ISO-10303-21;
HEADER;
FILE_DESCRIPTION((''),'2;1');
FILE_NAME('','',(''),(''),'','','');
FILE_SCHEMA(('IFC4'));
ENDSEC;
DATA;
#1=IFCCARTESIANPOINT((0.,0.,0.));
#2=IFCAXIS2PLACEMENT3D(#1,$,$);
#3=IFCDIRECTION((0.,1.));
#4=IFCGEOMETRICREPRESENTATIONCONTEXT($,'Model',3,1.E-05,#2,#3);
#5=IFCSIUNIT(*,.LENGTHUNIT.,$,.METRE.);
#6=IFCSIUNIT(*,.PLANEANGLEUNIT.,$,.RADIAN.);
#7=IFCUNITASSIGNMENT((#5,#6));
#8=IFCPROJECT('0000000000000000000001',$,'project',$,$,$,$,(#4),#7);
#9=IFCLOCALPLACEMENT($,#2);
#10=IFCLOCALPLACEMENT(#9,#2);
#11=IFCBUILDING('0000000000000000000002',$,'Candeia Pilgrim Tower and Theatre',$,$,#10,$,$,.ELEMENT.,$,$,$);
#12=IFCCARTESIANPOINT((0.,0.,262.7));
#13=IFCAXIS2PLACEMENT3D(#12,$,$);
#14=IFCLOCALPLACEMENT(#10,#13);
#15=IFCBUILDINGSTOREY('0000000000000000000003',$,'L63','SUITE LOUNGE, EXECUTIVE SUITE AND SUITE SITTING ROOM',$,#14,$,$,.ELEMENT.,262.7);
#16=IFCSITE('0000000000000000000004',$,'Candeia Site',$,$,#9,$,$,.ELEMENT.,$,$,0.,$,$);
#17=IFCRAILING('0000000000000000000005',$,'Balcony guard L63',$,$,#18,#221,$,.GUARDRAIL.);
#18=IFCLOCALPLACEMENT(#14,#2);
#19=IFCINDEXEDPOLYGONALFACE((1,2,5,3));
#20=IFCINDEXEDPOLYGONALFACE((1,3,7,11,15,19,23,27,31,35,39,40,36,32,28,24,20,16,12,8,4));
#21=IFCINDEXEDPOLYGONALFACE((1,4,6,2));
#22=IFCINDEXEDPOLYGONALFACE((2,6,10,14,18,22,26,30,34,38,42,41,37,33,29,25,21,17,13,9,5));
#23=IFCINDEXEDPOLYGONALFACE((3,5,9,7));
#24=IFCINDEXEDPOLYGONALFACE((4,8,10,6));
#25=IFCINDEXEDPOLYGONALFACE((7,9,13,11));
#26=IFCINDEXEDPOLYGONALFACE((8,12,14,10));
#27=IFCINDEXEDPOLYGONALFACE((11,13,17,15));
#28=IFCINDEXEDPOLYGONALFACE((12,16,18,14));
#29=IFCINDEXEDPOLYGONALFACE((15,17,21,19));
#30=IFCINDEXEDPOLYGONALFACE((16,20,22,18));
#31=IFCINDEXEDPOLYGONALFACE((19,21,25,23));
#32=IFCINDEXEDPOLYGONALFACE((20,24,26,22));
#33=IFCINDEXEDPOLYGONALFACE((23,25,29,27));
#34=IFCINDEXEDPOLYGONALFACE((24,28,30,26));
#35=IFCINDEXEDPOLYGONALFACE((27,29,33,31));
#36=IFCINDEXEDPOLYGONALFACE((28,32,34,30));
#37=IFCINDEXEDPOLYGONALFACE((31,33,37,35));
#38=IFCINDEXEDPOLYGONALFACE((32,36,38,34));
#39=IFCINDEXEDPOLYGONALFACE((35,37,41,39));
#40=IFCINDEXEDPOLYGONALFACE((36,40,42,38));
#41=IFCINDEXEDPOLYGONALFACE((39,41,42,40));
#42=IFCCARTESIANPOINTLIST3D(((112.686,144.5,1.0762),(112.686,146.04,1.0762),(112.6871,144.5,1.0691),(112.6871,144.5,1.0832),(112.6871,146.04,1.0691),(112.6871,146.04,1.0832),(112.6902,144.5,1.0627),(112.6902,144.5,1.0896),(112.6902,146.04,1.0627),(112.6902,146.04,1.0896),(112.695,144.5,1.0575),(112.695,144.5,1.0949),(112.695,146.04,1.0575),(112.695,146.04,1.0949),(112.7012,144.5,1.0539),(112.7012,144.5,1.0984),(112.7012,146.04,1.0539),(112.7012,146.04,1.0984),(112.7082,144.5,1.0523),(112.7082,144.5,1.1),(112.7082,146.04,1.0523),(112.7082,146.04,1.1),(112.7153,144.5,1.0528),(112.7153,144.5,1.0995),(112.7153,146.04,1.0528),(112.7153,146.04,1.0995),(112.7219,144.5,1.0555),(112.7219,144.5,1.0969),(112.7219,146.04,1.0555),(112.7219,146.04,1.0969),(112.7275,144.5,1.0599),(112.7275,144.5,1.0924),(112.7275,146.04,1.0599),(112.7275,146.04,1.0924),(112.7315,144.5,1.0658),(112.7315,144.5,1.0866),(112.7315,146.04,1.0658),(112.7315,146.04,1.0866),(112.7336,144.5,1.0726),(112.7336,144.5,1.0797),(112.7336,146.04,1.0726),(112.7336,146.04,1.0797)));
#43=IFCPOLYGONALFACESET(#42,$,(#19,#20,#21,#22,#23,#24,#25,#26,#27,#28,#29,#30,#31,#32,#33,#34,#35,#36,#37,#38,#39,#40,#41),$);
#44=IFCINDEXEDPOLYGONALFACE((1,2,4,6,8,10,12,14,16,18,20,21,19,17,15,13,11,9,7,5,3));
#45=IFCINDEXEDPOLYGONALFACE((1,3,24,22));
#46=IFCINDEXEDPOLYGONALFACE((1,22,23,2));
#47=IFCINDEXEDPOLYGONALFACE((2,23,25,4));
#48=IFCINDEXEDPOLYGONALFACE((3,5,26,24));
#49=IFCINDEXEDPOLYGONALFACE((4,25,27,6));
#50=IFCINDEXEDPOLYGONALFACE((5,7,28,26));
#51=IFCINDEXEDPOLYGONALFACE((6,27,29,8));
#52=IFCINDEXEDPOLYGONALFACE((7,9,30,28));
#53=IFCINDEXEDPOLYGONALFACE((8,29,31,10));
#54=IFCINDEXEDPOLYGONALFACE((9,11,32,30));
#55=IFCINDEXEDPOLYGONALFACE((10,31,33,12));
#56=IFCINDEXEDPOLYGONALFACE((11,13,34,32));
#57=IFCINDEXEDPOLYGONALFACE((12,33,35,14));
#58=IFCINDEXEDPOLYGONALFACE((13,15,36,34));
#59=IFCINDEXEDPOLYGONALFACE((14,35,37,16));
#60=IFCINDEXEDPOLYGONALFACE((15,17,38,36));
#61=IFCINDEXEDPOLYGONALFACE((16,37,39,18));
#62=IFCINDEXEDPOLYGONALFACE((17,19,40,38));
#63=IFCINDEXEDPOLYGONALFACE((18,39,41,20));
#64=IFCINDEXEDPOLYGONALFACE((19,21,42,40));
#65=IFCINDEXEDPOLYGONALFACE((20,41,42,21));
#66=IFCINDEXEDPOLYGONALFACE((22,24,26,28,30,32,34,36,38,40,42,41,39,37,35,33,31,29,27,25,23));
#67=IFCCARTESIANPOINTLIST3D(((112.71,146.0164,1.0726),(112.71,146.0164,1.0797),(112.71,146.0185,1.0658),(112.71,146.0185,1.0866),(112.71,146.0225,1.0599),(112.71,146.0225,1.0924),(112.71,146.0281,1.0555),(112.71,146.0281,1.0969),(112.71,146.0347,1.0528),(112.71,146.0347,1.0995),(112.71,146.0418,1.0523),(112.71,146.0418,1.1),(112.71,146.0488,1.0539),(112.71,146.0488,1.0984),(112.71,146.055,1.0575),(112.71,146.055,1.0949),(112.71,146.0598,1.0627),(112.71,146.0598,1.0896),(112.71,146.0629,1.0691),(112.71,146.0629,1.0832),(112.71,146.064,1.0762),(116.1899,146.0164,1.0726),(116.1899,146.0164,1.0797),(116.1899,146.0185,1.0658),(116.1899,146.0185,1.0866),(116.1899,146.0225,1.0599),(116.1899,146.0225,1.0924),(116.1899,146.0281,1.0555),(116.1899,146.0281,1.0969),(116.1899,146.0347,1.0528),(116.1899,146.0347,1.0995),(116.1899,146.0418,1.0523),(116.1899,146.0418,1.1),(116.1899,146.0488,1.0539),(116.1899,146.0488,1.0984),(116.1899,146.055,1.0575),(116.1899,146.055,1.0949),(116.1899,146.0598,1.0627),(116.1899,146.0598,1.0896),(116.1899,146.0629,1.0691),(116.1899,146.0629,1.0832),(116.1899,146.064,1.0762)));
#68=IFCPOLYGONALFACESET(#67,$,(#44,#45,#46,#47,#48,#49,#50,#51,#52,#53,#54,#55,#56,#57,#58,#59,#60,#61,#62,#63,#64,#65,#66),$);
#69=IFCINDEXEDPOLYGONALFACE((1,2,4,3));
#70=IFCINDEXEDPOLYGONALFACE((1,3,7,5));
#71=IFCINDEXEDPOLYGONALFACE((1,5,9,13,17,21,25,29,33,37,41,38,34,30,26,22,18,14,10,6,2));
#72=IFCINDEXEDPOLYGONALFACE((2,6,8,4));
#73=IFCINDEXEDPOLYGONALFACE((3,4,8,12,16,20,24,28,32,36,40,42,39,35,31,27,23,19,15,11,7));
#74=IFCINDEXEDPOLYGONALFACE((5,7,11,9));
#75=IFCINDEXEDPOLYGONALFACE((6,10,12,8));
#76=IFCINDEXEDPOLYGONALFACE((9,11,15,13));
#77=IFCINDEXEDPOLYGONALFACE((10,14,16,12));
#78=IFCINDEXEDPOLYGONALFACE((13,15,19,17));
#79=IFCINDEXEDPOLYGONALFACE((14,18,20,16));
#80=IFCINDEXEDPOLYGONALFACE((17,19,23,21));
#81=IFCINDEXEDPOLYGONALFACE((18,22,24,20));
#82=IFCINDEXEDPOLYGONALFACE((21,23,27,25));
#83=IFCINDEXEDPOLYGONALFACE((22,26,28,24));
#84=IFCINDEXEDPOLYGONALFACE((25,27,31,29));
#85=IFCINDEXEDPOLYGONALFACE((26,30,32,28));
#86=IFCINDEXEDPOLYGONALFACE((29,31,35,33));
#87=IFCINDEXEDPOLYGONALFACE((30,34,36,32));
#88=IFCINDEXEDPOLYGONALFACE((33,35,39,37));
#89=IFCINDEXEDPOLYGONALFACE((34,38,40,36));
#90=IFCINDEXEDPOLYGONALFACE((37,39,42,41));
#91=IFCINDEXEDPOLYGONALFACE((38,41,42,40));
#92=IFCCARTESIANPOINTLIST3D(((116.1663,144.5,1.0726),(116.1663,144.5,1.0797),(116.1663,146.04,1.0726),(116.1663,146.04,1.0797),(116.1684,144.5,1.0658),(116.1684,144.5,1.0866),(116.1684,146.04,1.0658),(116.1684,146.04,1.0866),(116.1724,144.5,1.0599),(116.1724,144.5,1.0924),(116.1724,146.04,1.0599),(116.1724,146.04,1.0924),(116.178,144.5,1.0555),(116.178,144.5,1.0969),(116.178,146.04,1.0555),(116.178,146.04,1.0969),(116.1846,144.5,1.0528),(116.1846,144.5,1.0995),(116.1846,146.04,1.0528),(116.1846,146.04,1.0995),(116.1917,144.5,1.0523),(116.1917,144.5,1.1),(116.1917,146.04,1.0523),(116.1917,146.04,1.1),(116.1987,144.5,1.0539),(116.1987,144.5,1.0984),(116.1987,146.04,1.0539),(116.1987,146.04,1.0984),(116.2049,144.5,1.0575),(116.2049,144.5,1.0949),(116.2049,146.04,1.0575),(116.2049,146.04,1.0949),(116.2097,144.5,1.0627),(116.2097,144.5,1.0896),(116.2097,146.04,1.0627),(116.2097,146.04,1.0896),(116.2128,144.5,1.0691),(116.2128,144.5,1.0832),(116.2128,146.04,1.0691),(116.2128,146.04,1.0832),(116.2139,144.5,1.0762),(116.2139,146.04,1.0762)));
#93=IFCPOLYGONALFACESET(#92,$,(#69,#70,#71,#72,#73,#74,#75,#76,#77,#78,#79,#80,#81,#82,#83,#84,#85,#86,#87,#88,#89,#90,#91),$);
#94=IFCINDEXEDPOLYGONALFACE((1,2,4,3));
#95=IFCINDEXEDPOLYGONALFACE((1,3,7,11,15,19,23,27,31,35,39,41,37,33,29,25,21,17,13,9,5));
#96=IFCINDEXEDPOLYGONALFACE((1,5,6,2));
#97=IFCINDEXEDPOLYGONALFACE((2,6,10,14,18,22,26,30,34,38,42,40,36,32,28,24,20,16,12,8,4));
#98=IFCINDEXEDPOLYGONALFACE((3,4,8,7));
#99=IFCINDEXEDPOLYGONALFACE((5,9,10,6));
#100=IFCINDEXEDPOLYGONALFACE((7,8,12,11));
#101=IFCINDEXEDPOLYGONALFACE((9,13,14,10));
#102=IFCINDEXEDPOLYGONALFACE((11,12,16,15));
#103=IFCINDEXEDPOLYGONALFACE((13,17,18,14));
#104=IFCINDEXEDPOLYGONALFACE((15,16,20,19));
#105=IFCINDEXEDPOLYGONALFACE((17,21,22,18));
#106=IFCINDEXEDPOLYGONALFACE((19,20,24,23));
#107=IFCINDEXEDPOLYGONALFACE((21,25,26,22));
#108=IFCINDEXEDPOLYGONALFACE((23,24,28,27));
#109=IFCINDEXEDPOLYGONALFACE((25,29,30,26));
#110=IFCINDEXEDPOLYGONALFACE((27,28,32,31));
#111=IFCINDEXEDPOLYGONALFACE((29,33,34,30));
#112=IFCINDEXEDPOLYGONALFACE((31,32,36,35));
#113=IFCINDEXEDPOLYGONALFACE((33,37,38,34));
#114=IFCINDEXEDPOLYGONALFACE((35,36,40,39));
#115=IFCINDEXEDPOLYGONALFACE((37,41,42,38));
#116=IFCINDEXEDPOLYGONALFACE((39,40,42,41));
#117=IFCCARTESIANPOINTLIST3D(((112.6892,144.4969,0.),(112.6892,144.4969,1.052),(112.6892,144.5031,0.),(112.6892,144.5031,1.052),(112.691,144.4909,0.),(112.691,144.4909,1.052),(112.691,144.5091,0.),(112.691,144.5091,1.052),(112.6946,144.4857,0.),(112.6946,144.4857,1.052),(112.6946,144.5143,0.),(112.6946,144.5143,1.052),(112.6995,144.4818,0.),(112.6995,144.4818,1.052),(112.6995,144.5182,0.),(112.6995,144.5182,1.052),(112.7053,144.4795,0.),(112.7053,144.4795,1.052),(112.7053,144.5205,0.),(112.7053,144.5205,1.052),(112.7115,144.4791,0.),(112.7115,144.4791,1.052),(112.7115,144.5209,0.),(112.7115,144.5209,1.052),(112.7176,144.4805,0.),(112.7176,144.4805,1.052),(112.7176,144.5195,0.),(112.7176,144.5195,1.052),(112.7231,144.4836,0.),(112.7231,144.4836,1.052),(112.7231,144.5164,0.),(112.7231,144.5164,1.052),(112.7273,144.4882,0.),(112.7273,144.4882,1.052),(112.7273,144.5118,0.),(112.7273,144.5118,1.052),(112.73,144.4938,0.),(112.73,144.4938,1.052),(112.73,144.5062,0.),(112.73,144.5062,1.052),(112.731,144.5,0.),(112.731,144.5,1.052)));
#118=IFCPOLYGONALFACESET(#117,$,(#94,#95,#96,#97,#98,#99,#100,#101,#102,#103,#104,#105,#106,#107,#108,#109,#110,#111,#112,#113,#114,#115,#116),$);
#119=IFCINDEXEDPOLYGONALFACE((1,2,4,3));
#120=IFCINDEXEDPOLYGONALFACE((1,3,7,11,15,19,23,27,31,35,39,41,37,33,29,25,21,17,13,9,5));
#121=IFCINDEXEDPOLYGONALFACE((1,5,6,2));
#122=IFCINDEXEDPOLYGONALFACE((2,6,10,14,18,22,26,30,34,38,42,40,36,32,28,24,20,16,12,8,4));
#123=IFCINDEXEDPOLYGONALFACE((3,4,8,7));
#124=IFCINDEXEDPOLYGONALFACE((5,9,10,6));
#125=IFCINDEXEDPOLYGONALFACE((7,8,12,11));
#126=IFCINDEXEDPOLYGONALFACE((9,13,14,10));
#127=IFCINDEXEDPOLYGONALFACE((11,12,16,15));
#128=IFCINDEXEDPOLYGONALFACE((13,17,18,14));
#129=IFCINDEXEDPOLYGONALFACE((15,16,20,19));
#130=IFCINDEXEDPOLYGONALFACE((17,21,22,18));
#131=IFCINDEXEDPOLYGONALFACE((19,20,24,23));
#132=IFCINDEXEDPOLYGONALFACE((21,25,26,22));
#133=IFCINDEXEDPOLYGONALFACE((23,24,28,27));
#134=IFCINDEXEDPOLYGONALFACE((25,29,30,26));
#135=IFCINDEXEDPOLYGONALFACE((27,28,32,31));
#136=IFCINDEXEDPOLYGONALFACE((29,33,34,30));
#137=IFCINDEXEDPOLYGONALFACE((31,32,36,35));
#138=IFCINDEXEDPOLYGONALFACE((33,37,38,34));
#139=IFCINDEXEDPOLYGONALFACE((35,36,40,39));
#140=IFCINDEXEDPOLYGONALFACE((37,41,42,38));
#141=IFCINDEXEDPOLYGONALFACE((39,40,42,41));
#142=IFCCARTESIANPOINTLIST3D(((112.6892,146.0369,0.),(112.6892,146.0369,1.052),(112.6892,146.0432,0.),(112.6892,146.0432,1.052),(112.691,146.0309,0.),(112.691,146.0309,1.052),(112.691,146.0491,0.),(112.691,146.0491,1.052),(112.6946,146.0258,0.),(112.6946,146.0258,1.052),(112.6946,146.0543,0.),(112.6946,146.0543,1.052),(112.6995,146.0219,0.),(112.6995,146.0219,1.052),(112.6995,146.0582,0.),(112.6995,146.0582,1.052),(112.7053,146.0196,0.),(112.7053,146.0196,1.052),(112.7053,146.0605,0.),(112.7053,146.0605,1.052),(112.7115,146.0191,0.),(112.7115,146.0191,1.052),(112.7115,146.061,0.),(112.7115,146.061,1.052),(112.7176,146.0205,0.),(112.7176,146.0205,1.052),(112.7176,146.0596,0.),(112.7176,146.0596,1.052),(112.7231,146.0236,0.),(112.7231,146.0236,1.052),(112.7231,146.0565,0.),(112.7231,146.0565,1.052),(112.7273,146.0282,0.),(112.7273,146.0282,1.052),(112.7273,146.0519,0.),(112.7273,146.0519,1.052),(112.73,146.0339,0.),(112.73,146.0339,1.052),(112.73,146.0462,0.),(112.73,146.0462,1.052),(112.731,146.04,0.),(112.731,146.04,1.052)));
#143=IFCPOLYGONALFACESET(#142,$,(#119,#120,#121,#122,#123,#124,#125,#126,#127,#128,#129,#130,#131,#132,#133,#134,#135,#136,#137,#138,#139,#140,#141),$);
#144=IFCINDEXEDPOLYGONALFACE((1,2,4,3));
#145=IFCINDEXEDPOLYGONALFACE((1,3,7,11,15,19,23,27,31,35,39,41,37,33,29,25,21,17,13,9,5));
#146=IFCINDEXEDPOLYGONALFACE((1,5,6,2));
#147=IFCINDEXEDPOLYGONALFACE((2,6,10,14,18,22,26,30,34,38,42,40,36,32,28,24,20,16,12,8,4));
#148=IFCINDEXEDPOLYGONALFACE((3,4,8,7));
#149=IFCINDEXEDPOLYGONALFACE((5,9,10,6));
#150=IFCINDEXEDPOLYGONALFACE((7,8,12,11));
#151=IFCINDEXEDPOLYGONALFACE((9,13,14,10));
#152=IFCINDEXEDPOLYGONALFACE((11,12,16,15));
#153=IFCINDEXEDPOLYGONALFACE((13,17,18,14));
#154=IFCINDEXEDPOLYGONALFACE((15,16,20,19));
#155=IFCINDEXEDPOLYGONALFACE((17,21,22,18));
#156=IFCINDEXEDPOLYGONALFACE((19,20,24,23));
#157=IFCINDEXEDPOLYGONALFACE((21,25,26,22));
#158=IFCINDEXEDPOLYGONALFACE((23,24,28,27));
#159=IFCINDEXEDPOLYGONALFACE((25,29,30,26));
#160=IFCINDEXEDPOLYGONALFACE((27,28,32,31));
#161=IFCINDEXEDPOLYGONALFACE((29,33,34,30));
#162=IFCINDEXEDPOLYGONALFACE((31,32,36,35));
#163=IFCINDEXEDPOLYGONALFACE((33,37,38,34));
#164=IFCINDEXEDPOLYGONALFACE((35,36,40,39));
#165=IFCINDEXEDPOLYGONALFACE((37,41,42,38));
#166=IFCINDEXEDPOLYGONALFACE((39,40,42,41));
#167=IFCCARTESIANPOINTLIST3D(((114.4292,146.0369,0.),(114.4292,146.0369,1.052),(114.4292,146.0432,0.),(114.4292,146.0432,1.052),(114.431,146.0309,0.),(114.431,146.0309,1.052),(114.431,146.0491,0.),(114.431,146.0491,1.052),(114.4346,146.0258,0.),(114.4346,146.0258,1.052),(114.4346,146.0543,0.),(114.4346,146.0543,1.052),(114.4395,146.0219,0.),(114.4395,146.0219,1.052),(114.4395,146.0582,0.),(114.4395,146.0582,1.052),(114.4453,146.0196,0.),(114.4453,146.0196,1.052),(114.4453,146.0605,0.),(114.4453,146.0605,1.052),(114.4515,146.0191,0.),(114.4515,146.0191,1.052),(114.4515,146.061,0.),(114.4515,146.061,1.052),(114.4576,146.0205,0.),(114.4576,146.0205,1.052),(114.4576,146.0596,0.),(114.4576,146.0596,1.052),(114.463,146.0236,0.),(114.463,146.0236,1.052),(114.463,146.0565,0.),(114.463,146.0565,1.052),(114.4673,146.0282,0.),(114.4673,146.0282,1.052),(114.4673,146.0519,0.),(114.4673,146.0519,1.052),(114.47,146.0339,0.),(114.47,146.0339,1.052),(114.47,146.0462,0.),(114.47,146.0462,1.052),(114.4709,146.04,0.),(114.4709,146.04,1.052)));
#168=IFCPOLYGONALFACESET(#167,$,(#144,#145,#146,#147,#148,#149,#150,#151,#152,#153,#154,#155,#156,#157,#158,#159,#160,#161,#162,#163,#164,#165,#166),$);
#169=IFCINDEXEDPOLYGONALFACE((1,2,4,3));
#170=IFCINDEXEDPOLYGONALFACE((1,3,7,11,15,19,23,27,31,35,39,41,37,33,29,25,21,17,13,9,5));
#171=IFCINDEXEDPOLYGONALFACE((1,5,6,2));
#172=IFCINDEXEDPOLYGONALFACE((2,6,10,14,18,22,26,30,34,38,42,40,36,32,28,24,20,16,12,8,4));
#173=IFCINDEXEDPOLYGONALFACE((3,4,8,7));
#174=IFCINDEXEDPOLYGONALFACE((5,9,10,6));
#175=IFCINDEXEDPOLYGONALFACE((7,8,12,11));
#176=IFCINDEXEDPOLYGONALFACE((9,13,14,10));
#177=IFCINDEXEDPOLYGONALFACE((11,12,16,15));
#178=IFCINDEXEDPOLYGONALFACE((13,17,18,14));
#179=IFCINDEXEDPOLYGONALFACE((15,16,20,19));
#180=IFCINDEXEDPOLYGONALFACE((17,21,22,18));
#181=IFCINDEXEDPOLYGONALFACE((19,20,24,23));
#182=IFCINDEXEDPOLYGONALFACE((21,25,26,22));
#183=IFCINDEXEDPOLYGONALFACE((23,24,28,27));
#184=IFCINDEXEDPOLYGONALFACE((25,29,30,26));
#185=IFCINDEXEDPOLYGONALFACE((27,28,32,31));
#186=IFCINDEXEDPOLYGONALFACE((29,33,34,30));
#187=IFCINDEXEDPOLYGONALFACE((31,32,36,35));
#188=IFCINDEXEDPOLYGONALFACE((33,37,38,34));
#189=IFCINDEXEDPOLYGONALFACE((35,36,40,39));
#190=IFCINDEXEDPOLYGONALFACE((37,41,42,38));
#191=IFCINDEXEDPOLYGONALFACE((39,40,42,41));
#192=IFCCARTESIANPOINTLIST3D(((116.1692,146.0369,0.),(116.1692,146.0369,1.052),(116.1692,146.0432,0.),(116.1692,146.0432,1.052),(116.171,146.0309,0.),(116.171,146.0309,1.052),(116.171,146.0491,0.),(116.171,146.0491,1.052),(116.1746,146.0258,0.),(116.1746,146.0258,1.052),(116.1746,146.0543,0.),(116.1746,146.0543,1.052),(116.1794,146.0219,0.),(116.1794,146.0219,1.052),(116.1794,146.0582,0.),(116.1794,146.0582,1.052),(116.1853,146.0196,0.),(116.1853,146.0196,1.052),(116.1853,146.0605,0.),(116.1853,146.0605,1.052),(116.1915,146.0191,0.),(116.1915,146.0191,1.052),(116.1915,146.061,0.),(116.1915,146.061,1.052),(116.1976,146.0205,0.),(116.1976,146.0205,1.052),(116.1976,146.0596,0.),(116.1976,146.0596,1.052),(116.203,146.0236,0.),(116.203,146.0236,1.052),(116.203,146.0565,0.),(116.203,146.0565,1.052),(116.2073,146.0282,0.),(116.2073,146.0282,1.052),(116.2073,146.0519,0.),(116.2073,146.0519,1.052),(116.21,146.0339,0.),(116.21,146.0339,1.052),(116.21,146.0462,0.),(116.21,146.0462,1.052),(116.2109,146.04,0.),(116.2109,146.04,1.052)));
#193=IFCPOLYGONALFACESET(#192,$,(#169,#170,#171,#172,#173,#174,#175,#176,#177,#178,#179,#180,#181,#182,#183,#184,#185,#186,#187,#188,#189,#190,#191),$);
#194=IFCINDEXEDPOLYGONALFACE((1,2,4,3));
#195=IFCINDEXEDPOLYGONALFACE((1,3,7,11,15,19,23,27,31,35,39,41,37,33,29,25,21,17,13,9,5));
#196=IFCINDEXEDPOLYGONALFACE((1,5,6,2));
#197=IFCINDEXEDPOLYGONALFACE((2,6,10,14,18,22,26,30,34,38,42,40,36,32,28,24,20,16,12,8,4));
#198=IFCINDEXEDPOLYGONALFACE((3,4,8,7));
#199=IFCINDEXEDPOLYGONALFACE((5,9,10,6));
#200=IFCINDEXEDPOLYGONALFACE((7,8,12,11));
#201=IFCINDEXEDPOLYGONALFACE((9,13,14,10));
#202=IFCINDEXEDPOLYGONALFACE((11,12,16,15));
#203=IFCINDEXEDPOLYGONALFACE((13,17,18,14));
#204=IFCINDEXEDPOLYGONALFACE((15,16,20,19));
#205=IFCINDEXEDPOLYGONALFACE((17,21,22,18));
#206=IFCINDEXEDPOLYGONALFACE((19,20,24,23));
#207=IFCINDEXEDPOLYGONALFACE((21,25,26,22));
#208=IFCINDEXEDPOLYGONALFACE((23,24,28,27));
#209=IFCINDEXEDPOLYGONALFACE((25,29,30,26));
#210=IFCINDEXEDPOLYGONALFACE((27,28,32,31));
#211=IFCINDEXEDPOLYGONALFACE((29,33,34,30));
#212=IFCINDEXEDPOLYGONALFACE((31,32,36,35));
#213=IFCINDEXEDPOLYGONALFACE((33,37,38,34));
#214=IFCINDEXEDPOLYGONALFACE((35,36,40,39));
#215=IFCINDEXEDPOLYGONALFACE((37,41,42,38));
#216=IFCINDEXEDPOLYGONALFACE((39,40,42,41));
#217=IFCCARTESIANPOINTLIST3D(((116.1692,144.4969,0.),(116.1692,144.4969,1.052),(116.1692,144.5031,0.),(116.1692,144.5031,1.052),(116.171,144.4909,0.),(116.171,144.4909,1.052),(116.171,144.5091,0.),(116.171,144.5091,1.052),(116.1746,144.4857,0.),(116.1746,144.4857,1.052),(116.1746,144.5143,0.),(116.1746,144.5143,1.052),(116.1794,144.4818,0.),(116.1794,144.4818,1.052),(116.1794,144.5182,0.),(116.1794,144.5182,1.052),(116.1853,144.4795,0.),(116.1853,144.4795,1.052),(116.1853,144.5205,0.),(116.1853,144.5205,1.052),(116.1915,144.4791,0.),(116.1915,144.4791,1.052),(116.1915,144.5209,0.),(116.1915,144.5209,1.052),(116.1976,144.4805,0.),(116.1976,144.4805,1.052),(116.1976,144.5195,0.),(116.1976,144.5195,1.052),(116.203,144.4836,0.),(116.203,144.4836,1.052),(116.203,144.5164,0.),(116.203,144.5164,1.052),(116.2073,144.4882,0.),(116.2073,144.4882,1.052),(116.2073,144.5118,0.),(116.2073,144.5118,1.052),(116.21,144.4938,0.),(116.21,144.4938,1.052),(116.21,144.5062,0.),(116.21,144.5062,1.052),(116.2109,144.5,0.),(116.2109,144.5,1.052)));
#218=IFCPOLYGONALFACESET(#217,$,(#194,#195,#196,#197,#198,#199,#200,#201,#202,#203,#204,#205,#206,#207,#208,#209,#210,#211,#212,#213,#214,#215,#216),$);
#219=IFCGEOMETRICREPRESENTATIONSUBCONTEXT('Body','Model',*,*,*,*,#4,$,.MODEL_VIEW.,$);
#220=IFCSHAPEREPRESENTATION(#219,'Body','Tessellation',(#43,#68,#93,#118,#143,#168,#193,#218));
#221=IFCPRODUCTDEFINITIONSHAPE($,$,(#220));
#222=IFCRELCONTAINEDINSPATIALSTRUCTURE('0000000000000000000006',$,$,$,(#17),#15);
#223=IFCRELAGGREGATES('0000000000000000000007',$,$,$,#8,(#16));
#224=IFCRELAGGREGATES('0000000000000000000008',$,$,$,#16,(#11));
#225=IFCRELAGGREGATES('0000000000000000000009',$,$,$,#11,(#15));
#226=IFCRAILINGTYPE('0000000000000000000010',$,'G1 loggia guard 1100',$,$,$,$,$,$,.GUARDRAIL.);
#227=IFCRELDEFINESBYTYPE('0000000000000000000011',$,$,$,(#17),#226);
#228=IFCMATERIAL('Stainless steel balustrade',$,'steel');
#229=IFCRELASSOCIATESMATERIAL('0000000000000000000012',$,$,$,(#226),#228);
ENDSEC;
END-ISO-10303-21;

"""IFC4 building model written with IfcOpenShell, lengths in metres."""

from ifc_helpers import new_model, si_unit, direction, frame, origin, origin_2d, place, context, subcontext, project, spatial, circle, extrude, material, type_object, element, save


model = new_model("IFC4")

# Units and contexts
model_context = context("Model", 3, precision=1e-05, world=origin(), true_north=direction((0.0, 1.0)))
body_context = subcontext(model_context, "Body", "Model", "MODEL_VIEW")
ifc_project = project(units=[si_unit("LENGTHUNIT", "METRE"), si_unit("PLANEANGLEUNIT", "RADIAN")], contexts=[model_context])

# Site, building, storey
site_placement = place(None, origin())
site = spatial("IfcSite", under=ifc_project, at=site_placement, Name="Candeia Site", CompositionType="ELEMENT", RefElevation=0.0)
building_placement = place(site_placement, origin())
building = spatial("IfcBuilding", under=site, at=building_placement, Name="Candeia Pilgrim Tower and Theatre", CompositionType="ELEMENT")
storey_placement = place(building_placement, frame((0.0, 0.0, 262.7)))
storey = spatial("IfcBuildingStorey", under=building, at=storey_placement, Name="L63", Description="SUITE LOUNGE, EXECUTIVE SUITE AND SUITE SITTING ROOM", CompositionType="ELEMENT", Elevation=262.7)

# Railing
ifc_material_1 = material(Name="Stainless steel balustrade", Category="steel")
railing_type = type_object("IfcRailingType", Name="G1 loggia guard 1100", PredefinedType="GUARDRAIL", material=ifc_material_1)
railing_placement = place(storey_placement, frame((112.71, 144.5, 0.0)))
element("IfcRailing", 1, at=railing_placement, inside=storey, type_object=railing_type, Name="Balcony guard L63", PredefinedType="GUARDRAIL", context=body_context, shape_type="SweptSolid", body=[
    extrude(circle(Radius=0.0239, at=origin_2d()), frame((0.0, 0.0, 1.0762), z_axis=(0.0, 1.0, 0.0), x_axis=(-1.0, 0.0, 0.0)), (0.0, 0.0, 1.0), 1.54),
    extrude(circle(Radius=0.0239, at=origin_2d()), frame((0.0, 1.54, 1.0762), z_axis=(1.0, 0.0, 0.0), x_axis=(0.0, 1.0, 0.0)), (0.0, 0.0, 1.0), 3.48),
    extrude(circle(Radius=0.0239, at=origin_2d()), frame((3.48, 1.54, 1.0762), z_axis=(0.0, -1.0, 0.0), x_axis=(1.0, 0.0, 0.0)), (0.0, 0.0, 1.0), 1.54),
    extrude(circle(Radius=0.021, at=origin_2d()), origin(), (0.0, 0.0, 1.0), 1.052),
    extrude(circle(Radius=0.021, at=origin_2d()), frame((0.0, 1.54, 0.0)), (0.0, 0.0, 1.0), 1.052),
    extrude(circle(Radius=0.021, at=origin_2d()), frame((1.74, 1.54, 0.0)), (0.0, 0.0, 1.0), 1.052),
    extrude(circle(Radius=0.021, at=origin_2d()), frame((3.48, 1.54, 0.0)), (0.0, 0.0, 1.0), 1.052),
    extrude(circle(Radius=0.021, at=origin_2d()), frame((3.48, 0.0, 0.0)), (0.0, 0.0, 1.0), 1.052),
])

save(model, "model.ifc")
